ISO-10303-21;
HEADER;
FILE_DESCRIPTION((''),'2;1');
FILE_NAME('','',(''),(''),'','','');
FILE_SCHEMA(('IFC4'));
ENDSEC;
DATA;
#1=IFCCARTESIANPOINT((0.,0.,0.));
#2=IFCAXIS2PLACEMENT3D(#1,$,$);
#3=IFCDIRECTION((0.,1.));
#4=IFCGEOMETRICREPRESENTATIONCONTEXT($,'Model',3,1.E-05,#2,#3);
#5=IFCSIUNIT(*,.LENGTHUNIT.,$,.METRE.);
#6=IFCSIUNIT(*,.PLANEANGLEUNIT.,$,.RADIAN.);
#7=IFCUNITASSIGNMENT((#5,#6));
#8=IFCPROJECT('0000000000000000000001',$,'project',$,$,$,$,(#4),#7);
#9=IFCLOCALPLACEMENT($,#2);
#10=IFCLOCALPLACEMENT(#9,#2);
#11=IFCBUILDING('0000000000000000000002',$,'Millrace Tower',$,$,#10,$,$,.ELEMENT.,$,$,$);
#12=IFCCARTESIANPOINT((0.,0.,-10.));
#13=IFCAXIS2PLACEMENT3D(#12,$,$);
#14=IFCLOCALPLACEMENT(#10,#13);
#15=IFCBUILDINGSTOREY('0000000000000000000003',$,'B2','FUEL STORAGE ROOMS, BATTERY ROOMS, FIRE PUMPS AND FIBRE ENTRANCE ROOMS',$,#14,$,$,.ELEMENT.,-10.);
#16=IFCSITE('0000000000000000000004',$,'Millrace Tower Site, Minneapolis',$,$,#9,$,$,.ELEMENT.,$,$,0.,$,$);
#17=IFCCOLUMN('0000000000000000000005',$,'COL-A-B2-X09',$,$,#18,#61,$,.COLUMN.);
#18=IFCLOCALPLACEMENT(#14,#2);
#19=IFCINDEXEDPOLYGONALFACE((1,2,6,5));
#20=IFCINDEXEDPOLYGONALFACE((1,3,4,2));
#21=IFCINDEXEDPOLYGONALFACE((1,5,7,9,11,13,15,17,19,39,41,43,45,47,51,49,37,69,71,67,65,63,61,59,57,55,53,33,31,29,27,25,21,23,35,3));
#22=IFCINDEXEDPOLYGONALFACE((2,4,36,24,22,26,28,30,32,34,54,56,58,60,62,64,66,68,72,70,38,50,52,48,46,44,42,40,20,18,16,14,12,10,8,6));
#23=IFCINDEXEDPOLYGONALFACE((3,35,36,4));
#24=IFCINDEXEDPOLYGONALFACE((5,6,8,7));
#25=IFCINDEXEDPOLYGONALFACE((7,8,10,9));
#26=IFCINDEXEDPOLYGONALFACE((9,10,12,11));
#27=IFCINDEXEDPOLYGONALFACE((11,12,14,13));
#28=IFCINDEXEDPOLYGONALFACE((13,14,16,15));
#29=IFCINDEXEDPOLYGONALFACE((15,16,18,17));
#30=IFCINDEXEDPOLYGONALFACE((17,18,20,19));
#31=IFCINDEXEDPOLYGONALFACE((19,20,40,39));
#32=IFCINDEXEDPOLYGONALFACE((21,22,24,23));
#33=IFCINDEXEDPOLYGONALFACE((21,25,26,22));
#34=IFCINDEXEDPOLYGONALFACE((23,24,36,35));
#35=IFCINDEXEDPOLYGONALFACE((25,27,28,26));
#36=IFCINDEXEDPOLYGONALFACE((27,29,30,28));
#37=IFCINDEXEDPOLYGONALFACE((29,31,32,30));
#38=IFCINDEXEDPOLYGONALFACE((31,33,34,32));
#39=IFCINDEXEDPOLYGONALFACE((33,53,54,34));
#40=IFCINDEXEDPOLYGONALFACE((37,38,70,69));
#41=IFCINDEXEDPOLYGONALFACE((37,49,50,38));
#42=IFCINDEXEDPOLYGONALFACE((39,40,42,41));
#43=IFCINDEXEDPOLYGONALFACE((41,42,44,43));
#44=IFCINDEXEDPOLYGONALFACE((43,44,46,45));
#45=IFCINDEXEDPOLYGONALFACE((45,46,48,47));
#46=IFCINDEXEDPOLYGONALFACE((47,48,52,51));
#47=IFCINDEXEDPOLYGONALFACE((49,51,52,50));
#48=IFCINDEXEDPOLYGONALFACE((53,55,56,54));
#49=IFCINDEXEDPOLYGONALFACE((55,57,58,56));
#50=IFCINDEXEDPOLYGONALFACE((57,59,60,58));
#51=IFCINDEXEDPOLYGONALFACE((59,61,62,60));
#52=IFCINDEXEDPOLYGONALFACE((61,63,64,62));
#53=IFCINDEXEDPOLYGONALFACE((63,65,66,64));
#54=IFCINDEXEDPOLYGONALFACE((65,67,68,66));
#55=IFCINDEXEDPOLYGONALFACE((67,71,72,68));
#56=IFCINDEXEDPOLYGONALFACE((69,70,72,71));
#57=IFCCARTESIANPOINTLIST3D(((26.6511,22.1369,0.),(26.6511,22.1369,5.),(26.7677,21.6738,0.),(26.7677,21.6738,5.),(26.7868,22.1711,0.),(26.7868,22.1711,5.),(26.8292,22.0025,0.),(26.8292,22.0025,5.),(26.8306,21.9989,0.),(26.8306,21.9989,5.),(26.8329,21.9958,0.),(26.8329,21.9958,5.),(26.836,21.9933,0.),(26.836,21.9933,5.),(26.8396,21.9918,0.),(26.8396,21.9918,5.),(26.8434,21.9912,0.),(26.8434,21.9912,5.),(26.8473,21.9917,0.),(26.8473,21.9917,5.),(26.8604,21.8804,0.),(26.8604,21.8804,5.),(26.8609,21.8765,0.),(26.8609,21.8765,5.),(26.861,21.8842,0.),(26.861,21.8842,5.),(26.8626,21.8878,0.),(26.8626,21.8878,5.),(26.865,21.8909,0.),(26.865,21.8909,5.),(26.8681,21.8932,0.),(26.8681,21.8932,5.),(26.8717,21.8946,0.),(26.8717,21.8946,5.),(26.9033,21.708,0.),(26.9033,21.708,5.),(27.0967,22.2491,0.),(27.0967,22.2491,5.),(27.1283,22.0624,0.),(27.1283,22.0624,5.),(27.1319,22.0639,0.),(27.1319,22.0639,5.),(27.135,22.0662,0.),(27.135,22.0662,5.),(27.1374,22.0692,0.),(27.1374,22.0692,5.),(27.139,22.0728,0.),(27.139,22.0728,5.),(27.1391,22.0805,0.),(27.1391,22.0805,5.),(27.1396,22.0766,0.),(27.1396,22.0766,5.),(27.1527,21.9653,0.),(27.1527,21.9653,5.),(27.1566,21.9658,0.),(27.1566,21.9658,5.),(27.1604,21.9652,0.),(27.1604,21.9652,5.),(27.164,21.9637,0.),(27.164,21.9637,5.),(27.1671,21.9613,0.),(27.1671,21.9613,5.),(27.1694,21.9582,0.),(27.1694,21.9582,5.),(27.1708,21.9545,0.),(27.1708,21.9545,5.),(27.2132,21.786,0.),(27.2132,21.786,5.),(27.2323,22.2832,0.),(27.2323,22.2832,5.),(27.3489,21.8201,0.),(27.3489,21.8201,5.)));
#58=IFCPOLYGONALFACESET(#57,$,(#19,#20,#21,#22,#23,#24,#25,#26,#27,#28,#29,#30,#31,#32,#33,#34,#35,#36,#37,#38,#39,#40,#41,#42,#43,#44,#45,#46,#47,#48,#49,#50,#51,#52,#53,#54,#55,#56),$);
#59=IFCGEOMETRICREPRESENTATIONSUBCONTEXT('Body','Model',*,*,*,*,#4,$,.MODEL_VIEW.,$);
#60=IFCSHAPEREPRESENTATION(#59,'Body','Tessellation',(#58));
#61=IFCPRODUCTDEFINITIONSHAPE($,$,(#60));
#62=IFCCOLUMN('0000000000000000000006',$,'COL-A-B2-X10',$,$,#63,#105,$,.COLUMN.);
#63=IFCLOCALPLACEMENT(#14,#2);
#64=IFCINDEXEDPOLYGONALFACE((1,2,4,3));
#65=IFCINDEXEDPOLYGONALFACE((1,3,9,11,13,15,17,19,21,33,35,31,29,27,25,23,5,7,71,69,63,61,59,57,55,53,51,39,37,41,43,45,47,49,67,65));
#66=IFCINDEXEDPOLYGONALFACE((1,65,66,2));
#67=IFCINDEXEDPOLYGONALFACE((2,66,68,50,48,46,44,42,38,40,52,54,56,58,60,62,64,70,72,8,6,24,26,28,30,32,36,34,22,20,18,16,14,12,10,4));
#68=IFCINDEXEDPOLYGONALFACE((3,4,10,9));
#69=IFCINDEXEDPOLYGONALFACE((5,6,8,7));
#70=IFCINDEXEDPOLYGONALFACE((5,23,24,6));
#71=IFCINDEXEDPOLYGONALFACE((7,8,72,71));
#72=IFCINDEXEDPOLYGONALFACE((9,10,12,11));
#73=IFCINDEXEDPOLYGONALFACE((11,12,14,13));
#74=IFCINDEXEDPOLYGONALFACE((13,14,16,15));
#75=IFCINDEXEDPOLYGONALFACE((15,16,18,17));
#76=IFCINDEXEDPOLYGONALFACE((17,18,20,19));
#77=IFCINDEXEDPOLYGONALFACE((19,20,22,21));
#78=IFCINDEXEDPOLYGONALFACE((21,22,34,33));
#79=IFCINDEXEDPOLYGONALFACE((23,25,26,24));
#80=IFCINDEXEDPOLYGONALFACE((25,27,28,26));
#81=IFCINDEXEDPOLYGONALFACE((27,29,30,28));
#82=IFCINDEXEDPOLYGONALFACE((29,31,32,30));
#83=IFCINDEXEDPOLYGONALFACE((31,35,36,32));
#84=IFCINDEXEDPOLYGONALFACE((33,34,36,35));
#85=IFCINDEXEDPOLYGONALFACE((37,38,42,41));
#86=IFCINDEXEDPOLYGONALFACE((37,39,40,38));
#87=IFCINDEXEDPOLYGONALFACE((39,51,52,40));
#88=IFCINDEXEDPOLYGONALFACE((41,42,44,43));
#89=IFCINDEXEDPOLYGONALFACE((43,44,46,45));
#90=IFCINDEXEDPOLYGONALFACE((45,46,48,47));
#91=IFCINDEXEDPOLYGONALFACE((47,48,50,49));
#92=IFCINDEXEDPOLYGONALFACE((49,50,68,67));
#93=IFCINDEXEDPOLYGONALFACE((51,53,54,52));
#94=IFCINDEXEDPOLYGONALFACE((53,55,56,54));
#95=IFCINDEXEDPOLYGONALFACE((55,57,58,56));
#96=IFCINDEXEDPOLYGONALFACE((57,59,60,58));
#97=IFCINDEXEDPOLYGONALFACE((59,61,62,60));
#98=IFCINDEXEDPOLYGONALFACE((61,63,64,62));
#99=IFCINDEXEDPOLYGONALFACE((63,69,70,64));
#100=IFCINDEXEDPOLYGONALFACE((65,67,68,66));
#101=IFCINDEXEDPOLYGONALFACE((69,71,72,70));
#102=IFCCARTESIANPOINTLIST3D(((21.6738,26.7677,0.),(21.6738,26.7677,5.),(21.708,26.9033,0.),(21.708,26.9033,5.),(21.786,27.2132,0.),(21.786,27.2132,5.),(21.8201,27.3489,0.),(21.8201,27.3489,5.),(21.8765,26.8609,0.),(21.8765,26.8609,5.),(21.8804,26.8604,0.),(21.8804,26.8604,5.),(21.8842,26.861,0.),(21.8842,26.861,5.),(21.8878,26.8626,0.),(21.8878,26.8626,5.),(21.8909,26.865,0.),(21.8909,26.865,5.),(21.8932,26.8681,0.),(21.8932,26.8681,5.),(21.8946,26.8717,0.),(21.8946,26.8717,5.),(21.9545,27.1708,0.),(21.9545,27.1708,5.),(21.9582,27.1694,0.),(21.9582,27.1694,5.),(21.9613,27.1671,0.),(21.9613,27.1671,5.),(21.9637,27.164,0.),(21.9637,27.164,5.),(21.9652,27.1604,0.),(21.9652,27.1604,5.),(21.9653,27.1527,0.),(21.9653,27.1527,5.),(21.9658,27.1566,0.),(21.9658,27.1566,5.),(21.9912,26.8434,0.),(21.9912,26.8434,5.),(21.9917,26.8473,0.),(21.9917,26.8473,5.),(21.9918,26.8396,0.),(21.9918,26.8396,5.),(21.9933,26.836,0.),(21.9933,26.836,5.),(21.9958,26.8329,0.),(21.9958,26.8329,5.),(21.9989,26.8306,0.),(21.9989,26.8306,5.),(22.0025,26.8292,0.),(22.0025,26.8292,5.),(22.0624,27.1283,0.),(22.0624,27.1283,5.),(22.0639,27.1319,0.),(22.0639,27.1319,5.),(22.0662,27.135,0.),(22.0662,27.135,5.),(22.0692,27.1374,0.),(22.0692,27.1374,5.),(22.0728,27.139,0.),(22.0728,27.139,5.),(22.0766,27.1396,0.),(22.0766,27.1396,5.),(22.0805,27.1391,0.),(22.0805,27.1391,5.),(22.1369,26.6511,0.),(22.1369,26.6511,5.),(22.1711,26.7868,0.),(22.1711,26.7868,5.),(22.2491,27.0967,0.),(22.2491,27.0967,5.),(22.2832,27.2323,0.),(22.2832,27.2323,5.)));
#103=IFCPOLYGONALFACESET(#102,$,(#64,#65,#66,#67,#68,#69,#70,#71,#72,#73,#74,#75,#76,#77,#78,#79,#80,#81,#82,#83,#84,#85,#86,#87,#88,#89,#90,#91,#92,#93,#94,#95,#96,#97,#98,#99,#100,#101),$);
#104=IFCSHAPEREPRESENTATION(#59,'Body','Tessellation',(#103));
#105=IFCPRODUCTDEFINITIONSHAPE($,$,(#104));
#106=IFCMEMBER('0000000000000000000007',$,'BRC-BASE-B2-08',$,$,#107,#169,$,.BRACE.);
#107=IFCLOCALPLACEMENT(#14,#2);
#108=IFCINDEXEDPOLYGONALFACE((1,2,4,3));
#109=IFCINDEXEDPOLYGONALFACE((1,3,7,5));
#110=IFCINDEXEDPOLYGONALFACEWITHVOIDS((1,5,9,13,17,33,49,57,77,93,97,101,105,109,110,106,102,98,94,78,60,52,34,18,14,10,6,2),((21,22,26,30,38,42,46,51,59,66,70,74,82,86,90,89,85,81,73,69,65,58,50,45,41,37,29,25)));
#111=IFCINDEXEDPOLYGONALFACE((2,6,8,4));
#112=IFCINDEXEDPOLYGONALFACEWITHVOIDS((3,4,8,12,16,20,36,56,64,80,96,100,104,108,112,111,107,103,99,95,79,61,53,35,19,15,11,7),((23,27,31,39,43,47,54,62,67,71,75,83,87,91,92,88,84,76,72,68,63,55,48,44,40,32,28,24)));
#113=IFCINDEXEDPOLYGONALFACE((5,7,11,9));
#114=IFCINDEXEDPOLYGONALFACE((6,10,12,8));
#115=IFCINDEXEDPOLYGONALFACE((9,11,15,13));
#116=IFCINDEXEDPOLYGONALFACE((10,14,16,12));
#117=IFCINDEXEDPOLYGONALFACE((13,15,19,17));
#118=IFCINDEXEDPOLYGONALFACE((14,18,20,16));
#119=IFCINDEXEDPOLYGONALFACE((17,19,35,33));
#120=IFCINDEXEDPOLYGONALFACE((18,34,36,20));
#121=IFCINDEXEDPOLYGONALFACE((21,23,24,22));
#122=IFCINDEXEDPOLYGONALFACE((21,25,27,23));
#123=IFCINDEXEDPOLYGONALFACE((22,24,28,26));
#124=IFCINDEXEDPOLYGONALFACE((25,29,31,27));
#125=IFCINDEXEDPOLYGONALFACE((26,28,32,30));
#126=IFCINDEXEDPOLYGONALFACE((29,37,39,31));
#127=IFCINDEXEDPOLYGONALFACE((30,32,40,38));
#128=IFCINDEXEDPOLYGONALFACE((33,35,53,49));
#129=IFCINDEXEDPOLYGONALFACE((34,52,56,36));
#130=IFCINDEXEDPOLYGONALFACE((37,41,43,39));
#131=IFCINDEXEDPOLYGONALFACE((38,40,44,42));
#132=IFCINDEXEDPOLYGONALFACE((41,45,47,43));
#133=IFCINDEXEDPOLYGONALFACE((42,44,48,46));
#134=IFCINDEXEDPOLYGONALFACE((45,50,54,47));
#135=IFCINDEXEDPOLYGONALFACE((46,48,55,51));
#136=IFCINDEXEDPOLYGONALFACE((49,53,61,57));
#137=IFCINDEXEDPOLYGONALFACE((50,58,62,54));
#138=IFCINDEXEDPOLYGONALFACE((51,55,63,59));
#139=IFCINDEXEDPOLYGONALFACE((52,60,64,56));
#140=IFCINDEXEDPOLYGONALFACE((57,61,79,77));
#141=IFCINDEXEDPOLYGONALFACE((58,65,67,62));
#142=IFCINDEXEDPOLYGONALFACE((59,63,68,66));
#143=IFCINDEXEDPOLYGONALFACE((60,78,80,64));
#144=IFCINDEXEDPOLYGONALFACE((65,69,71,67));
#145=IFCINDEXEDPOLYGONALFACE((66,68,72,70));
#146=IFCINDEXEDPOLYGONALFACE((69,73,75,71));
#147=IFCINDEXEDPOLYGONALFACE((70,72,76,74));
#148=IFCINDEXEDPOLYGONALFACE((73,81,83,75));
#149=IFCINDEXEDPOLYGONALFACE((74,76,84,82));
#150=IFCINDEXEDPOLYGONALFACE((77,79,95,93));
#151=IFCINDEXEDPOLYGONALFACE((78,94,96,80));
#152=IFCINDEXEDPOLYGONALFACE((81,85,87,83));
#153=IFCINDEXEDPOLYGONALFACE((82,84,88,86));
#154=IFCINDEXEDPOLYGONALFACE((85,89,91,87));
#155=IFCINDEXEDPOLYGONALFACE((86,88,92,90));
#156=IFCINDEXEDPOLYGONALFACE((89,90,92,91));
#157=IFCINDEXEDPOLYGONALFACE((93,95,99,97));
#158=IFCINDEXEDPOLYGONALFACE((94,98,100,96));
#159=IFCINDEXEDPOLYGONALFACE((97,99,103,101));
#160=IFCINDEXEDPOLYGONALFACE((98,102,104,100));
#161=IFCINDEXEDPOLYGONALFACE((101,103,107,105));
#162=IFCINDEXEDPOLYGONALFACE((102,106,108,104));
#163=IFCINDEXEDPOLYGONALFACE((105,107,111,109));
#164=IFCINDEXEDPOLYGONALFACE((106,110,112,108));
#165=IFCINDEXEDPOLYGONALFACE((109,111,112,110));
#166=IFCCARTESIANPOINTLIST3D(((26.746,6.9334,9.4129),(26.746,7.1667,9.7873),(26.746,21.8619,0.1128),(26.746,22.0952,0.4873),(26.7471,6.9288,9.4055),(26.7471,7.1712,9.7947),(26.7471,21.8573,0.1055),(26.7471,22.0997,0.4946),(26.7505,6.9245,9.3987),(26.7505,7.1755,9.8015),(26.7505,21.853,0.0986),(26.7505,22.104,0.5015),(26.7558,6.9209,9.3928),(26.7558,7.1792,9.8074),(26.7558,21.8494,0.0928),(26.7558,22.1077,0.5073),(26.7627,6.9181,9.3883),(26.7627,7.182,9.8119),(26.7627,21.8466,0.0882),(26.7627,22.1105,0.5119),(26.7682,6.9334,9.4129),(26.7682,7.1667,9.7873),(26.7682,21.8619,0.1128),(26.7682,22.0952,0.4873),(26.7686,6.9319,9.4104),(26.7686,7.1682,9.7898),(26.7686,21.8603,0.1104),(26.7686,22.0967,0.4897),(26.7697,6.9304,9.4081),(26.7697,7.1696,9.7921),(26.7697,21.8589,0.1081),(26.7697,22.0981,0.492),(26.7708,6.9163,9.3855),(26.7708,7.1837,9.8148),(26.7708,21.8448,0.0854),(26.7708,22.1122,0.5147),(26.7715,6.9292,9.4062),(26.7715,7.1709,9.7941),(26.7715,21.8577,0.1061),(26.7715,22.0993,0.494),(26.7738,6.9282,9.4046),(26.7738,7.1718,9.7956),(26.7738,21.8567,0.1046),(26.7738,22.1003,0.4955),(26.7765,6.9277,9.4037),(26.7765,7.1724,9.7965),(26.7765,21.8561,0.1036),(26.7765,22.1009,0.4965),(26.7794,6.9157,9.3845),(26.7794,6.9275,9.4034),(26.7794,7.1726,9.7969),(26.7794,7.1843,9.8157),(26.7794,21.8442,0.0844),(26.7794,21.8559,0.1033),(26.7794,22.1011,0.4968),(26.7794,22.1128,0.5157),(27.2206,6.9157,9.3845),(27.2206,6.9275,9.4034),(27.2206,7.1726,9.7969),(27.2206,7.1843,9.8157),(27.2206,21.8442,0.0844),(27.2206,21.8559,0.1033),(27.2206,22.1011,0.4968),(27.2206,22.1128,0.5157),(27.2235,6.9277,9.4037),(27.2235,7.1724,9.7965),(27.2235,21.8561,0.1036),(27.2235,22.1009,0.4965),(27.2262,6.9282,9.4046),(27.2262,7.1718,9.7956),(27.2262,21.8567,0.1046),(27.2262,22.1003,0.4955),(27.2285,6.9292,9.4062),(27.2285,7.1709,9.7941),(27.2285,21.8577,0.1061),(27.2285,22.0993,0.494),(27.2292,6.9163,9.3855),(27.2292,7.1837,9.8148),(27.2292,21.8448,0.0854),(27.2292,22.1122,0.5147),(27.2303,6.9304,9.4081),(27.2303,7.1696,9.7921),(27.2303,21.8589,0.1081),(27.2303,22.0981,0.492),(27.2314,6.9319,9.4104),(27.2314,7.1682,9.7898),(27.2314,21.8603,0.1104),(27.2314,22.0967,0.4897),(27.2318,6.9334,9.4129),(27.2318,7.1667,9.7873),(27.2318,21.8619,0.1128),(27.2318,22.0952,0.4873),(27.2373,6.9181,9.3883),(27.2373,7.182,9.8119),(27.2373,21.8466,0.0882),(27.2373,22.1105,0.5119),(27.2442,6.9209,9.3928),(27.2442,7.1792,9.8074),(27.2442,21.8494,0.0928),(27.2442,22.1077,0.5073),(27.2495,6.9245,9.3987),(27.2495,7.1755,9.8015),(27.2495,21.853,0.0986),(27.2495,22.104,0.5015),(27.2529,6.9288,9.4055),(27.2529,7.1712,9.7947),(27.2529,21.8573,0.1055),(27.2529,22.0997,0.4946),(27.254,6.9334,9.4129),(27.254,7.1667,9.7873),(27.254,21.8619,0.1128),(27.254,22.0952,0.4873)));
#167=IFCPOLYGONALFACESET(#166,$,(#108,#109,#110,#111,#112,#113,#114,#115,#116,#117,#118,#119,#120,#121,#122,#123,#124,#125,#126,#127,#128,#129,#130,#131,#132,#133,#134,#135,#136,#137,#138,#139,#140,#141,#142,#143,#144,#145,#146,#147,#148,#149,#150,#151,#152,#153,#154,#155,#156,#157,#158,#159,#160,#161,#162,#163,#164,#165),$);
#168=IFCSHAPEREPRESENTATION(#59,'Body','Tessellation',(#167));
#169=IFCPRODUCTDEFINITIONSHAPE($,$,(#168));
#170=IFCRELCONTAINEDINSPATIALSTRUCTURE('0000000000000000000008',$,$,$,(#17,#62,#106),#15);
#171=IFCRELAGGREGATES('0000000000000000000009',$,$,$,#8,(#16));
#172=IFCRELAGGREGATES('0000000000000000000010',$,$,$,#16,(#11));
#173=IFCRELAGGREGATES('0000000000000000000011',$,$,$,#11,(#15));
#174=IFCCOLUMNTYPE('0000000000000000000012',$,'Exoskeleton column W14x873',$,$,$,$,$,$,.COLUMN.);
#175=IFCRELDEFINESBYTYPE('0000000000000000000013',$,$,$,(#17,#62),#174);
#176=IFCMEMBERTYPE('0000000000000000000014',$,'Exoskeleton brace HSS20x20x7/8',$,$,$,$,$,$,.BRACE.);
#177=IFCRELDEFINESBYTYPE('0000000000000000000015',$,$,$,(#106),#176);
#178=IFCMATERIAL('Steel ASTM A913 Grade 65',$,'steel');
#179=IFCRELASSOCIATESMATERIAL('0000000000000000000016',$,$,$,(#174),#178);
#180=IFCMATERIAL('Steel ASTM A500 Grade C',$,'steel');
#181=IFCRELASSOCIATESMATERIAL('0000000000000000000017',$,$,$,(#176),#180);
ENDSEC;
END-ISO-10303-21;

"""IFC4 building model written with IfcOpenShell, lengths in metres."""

from ifc_helpers import new_model, si_unit, direction, frame, origin, origin_2d, place, context, subcontext, project, spatial, hollow_rectangle, i_section, extrude, material, material_profile, profile_set, type_object, element, save


model = new_model("IFC4")

# Units and contexts
model_context = context("Model", 3, precision=1e-05, world=origin(), true_north=direction((0.0, 1.0)))
body_context = subcontext(model_context, "Body", "Model", "MODEL_VIEW")
ifc_project = project(units=[si_unit("LENGTHUNIT", "METRE"), si_unit("PLANEANGLEUNIT", "RADIAN")], contexts=[model_context])

# Site, building, storey
site_placement = place(None, origin())
site = spatial("IfcSite", under=ifc_project, at=site_placement, Name="Millrace Tower Site, Minneapolis", CompositionType="ELEMENT", RefElevation=0.0)
building_placement = place(site_placement, origin())
building = spatial("IfcBuilding", under=site, at=building_placement, Name="Millrace Tower", CompositionType="ELEMENT")
storey_placement = place(building_placement, frame((0.0, 0.0, -10.0)))
storey = spatial("IfcBuildingStorey", under=building, at=storey_placement, Name="B2", Description="FUEL STORAGE ROOMS, BATTERY ROOMS, FIRE PUMPS AND FIBRE ENTRANCE ROOMS", CompositionType="ELEMENT", Elevation=-10.0)

# Columns
ifc_material_1 = material(Name="Steel ASTM A913 Grade 65", Category="steel")
ifc_material_profile_1 = material_profile(ifc_material_1, i_section(OverallWidth=0.4775, OverallDepth=0.5994, WebThickness=0.1001, FlangeThickness=0.1399, FilletRadius=0.0149, at=origin_2d()))
ifc_profile_set_1 = profile_set([ifc_material_profile_1], Name="Steel ASTM A913 Grade 65")
column_type = type_object("IfcColumnType", Name="Exoskeleton column W14x873", PredefinedType="COLUMN", material=ifc_profile_set_1)
for number, where, z_axis, x_axis, name in (
    (1, (27.0, 21.9785, 0.0), (0.0, 0.0, 1.0), (-0.244094, 0.969752, 0.0), "COL-A-B2-X09"),
    (2, (21.9785, 27.0, 0.0), (0.0, 0.0, 1.0), (-0.969752, 0.244094, 0.0), "COL-A-B2-X10"),
):
    element("IfcColumn", number, at=place(storey_placement, frame(where, z_axis=z_axis, x_axis=x_axis)), inside=storey, type_object=column_type, Name=name, PredefinedType="COLUMN", context=body_context, shape_type="SweptSolid", body=[
        extrude(i_section(OverallWidth=0.4775, OverallDepth=0.5994, WebThickness=0.1001, FlangeThickness=0.1399, FilletRadius=0.0149, at=origin_2d()), origin(), (0.0, 0.0, 1.0), 5.0),
    ])

# Member
ifc_material_2 = material(Name="Steel ASTM A500 Grade C", Category="steel")
ifc_material_profile_2 = material_profile(ifc_material_2, hollow_rectangle(XDim=0.5081, YDim=0.5081, WallThickness=0.0222, InnerFilletRadius=0.0112, OuterFilletRadius=0.0334, at=origin_2d()))
ifc_profile_set_2 = profile_set([ifc_material_profile_2], Name="Steel ASTM A500 Grade C")
member_type = type_object("IfcMemberType", Name="Exoskeleton brace HSS20x20x7/8", PredefinedType="BRACE", material=ifc_profile_set_2)
member_1_placement = place(storey_placement, frame((27.0, 21.9785, 0.3), z_axis=(0.0, -0.84877, 0.528762), x_axis=(1.0, 0.0, 0.0)))
element("IfcMember", 3, at=member_1_placement, inside=storey, type_object=member_type, Name="BRC-BASE-B2-08", PredefinedType="BRACE", context=body_context, shape_type="SweptSolid", body=[
    extrude(hollow_rectangle(XDim=0.5081, YDim=0.5081, WallThickness=0.0222, InnerFilletRadius=0.0112, OuterFilletRadius=0.0334, at=origin_2d()), origin(), (0.0, 0.0, 1.0), 17.5884),
])

save(model, "model.ifc")
